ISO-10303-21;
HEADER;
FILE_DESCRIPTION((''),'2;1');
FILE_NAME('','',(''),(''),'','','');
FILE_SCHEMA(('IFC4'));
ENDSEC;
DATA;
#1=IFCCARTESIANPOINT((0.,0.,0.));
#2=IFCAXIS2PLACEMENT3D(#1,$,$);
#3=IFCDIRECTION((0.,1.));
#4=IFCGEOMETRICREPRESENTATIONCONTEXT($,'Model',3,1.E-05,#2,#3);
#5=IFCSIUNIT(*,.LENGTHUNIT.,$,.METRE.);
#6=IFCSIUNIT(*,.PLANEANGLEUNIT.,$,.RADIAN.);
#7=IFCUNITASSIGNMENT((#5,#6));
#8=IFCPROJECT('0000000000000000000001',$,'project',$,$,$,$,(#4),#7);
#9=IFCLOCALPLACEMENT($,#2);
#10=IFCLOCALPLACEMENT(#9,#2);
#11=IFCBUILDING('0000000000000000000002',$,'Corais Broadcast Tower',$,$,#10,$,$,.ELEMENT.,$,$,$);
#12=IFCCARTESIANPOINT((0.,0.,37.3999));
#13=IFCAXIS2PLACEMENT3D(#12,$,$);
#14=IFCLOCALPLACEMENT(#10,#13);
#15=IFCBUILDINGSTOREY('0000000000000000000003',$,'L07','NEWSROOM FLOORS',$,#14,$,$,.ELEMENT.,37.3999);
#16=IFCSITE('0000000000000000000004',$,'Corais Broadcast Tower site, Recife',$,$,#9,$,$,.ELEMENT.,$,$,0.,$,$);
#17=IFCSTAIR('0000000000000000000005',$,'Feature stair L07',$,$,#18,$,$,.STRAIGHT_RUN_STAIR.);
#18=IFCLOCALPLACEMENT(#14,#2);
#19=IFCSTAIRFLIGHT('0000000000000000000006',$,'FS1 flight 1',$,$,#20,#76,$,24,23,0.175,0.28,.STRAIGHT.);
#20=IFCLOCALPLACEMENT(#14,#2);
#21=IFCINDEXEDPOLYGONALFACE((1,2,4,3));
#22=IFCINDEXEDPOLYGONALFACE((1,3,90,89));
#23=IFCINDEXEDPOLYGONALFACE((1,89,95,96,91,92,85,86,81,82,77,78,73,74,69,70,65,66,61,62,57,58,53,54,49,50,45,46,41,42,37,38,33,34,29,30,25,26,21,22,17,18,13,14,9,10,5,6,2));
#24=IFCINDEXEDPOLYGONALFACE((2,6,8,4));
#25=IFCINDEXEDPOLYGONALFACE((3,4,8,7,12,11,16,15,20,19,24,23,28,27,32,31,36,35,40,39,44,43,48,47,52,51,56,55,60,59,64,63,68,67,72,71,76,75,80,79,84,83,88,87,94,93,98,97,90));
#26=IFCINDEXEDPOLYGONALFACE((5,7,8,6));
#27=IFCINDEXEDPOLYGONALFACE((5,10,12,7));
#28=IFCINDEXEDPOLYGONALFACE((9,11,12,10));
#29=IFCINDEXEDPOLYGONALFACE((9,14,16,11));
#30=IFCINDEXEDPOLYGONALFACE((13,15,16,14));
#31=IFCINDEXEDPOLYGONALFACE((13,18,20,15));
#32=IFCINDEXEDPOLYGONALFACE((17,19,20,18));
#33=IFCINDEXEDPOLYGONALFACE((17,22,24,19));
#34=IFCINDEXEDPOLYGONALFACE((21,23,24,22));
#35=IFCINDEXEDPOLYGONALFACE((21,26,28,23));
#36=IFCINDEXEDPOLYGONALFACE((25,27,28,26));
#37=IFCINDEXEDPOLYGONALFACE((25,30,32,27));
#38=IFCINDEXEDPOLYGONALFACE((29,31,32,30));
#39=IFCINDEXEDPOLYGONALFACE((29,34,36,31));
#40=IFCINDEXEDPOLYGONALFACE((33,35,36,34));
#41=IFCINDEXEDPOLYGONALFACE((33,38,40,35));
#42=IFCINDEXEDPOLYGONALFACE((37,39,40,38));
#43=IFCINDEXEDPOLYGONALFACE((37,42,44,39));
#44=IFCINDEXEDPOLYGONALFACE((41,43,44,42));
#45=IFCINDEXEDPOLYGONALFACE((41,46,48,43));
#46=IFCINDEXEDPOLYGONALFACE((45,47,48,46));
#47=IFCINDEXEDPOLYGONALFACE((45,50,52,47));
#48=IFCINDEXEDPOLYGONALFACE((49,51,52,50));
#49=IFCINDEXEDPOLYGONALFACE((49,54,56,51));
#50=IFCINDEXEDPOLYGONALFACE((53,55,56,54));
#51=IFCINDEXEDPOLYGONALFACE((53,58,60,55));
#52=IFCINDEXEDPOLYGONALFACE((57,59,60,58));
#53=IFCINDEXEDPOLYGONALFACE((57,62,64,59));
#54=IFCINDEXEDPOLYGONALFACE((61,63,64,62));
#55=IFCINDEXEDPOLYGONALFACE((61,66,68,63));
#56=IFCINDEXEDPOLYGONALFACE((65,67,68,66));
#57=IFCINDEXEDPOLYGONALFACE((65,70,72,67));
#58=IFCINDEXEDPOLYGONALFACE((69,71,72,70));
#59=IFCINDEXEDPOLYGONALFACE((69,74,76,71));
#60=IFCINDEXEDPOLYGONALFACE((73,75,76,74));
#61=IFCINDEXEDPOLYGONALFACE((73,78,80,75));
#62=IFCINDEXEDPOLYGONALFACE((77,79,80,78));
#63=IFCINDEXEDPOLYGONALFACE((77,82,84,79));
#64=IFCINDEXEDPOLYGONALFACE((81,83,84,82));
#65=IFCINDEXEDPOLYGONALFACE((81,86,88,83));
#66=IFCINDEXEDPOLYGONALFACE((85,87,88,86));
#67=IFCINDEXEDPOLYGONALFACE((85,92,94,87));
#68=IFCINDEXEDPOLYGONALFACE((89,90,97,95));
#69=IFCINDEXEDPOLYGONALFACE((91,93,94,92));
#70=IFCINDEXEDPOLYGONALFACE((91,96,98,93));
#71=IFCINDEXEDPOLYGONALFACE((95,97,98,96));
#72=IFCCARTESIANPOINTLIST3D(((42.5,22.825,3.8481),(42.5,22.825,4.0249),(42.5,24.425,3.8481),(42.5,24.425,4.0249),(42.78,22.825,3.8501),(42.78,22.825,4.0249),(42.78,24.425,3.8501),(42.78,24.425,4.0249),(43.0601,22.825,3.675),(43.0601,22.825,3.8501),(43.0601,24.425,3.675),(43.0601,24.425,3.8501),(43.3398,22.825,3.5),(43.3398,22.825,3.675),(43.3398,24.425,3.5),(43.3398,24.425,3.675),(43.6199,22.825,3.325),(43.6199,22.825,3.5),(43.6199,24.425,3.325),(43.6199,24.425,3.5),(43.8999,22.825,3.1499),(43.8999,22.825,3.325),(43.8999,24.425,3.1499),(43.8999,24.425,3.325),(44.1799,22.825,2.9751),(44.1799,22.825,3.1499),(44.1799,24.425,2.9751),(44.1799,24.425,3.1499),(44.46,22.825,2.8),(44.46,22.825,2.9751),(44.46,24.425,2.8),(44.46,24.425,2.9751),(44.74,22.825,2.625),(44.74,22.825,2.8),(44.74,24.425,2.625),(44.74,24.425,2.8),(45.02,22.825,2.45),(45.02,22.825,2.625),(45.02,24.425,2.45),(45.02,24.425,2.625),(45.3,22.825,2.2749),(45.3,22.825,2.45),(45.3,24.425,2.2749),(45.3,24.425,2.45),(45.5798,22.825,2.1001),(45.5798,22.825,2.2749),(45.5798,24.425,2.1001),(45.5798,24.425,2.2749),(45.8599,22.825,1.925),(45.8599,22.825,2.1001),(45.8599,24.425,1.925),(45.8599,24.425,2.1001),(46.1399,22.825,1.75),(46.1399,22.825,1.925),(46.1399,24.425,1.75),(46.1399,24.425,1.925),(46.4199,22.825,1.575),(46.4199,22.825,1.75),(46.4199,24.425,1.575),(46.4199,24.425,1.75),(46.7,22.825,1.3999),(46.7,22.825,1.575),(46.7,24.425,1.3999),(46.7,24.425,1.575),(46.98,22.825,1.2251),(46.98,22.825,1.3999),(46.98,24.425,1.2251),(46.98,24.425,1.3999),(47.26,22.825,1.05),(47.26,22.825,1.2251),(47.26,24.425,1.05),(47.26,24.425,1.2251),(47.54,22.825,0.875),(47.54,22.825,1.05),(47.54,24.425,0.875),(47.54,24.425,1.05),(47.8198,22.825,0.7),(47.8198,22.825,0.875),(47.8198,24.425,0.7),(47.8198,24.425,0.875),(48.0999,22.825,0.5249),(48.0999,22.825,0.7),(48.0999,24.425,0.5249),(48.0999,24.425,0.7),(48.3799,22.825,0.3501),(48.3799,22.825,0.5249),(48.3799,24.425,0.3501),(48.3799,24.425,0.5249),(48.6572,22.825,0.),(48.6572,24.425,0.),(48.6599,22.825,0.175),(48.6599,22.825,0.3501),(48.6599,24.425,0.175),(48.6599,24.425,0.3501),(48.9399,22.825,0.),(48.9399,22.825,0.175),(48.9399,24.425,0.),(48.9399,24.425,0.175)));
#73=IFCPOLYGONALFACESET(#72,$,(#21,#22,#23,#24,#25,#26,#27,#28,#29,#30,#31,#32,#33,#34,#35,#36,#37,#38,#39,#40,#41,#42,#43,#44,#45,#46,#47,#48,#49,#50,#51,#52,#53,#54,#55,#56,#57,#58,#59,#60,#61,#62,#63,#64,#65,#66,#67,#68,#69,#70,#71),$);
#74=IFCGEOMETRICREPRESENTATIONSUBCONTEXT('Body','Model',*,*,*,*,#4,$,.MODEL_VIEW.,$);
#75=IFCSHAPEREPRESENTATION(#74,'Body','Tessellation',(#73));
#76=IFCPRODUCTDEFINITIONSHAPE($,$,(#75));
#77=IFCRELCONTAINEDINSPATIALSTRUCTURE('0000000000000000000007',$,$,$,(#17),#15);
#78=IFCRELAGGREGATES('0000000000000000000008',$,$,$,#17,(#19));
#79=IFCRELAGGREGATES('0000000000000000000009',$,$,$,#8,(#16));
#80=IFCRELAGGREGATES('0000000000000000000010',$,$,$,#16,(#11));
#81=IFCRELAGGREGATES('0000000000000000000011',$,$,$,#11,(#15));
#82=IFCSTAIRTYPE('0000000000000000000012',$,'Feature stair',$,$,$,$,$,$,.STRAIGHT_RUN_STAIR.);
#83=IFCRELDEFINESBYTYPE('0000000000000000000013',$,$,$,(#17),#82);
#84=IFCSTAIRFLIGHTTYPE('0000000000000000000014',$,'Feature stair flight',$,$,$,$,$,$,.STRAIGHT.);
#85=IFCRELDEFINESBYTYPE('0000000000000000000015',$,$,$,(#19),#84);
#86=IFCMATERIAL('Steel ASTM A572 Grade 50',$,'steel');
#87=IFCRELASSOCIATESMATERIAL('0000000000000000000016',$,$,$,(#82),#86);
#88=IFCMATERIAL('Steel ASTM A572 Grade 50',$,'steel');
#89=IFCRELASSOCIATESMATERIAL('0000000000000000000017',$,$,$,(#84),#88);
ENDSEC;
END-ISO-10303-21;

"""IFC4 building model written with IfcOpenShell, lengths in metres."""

from ifc_helpers import new_model, si_unit, direction, frame, origin, place, context, subcontext, project, spatial, polyline, outline, extrude, material, type_object, element, aggregate, save


model = new_model("IFC4")

# Units and contexts
model_context = context("Model", 3, precision=1e-05, world=origin(), true_north=direction((0.0, 1.0)))
body_context = subcontext(model_context, "Body", "Model", "MODEL_VIEW")
ifc_project = project(units=[si_unit("LENGTHUNIT", "METRE"), si_unit("PLANEANGLEUNIT", "RADIAN")], contexts=[model_context])

# Site, building, storey
site_placement = place(None, origin())
site = spatial("IfcSite", under=ifc_project, at=site_placement, Name="Corais Broadcast Tower site, Recife", CompositionType="ELEMENT", RefElevation=0.0)
building_placement = place(site_placement, origin())
building = spatial("IfcBuilding", under=site, at=building_placement, Name="Corais Broadcast Tower", CompositionType="ELEMENT")
storey_placement = place(building_placement, frame((0.0, 0.0, 37.3999)))
storey = spatial("IfcBuildingStorey", under=building, at=storey_placement, Name="L07", Description="NEWSROOM FLOORS", CompositionType="ELEMENT", Elevation=37.3999)

# Stair, stair flight
ifc_material_1 = material(Name="Steel ASTM A572 Grade 50", Category="steel")
stair_type = type_object("IfcStairType", Name="Feature stair", PredefinedType="STRAIGHT_RUN_STAIR", material=ifc_material_1)
stair_placement = place(storey_placement, origin())
stair = element("IfcStair", 1, at=stair_placement, inside=storey, type_object=stair_type, Name="Feature stair L07", PredefinedType="STRAIGHT_RUN_STAIR")
ifc_material_2 = material(Name="Steel ASTM A572 Grade 50", Category="steel")
stair_flight_type = type_object("IfcStairFlightType", Name="Feature stair flight", PredefinedType="STRAIGHT", material=ifc_material_2)
stair_flight_placement = place(storey_placement, frame((48.9399, 23.625, 0.0), z_axis=(0.0, 0.0, 1.0), x_axis=(-1.0, 0.0, 0.0)))
stair_flight = element("IfcStairFlight", 2, at=stair_flight_placement, type_object=stair_flight_type, Name="FS1 flight 1", NumberOfRisers=24, NumberOfTreads=23, PredefinedType="STRAIGHT", RiserHeight=0.175, TreadLength=0.28, context=body_context, shape_type="SweptSolid", body=[
    extrude(outline(polyline([(0.0, 0.0), (0.0, 0.175), (0.28, 0.175), (0.28, 0.3501), (0.5601, 0.3501), (0.5601, 0.5249), (0.8401, 0.5249), (0.8401, 0.7), (1.1201, 0.7), (1.1201, 0.875), (1.3999, 0.875), (1.3999, 1.05), (1.6799, 1.05), (1.6799, 1.2251), (1.96, 1.2251), (1.96, 1.3999), (2.24, 1.3999), (2.24, 1.575), (2.52, 1.575), (2.52, 1.75), (2.8, 1.75), (2.8, 1.925), (3.0801, 1.925), (3.0801, 2.1001), (3.3601, 2.1001), (3.3601, 2.2749), (3.6399, 2.2749), (3.6399, 2.45), (3.9199, 2.45), (3.9199, 2.625), (4.2, 2.625), (4.2, 2.8), (4.48, 2.8), (4.48, 2.9751), (4.76, 2.9751), (4.76, 3.1499), (5.04, 3.1499), (5.04, 3.325), (5.3201, 3.325), (5.3201, 3.5), (5.6001, 3.5), (5.6001, 3.675), (5.8799, 3.675), (5.8799, 3.8501), (6.1599, 3.8501), (6.1599, 4.0249), (6.4399, 4.0249), (6.4399, 4.2), (6.4399, 3.8481), (0.2827, 0.0), (0.0, 0.0)])), frame((0.0, 0.8, 0.0), z_axis=(0.0, -1.0, 0.0), x_axis=(1.0, 0.0, 0.0)), (0.0, 0.0, 1.0), 1.6001),
])
aggregate(stair, [stair_flight])

save(model, "model.ifc")
